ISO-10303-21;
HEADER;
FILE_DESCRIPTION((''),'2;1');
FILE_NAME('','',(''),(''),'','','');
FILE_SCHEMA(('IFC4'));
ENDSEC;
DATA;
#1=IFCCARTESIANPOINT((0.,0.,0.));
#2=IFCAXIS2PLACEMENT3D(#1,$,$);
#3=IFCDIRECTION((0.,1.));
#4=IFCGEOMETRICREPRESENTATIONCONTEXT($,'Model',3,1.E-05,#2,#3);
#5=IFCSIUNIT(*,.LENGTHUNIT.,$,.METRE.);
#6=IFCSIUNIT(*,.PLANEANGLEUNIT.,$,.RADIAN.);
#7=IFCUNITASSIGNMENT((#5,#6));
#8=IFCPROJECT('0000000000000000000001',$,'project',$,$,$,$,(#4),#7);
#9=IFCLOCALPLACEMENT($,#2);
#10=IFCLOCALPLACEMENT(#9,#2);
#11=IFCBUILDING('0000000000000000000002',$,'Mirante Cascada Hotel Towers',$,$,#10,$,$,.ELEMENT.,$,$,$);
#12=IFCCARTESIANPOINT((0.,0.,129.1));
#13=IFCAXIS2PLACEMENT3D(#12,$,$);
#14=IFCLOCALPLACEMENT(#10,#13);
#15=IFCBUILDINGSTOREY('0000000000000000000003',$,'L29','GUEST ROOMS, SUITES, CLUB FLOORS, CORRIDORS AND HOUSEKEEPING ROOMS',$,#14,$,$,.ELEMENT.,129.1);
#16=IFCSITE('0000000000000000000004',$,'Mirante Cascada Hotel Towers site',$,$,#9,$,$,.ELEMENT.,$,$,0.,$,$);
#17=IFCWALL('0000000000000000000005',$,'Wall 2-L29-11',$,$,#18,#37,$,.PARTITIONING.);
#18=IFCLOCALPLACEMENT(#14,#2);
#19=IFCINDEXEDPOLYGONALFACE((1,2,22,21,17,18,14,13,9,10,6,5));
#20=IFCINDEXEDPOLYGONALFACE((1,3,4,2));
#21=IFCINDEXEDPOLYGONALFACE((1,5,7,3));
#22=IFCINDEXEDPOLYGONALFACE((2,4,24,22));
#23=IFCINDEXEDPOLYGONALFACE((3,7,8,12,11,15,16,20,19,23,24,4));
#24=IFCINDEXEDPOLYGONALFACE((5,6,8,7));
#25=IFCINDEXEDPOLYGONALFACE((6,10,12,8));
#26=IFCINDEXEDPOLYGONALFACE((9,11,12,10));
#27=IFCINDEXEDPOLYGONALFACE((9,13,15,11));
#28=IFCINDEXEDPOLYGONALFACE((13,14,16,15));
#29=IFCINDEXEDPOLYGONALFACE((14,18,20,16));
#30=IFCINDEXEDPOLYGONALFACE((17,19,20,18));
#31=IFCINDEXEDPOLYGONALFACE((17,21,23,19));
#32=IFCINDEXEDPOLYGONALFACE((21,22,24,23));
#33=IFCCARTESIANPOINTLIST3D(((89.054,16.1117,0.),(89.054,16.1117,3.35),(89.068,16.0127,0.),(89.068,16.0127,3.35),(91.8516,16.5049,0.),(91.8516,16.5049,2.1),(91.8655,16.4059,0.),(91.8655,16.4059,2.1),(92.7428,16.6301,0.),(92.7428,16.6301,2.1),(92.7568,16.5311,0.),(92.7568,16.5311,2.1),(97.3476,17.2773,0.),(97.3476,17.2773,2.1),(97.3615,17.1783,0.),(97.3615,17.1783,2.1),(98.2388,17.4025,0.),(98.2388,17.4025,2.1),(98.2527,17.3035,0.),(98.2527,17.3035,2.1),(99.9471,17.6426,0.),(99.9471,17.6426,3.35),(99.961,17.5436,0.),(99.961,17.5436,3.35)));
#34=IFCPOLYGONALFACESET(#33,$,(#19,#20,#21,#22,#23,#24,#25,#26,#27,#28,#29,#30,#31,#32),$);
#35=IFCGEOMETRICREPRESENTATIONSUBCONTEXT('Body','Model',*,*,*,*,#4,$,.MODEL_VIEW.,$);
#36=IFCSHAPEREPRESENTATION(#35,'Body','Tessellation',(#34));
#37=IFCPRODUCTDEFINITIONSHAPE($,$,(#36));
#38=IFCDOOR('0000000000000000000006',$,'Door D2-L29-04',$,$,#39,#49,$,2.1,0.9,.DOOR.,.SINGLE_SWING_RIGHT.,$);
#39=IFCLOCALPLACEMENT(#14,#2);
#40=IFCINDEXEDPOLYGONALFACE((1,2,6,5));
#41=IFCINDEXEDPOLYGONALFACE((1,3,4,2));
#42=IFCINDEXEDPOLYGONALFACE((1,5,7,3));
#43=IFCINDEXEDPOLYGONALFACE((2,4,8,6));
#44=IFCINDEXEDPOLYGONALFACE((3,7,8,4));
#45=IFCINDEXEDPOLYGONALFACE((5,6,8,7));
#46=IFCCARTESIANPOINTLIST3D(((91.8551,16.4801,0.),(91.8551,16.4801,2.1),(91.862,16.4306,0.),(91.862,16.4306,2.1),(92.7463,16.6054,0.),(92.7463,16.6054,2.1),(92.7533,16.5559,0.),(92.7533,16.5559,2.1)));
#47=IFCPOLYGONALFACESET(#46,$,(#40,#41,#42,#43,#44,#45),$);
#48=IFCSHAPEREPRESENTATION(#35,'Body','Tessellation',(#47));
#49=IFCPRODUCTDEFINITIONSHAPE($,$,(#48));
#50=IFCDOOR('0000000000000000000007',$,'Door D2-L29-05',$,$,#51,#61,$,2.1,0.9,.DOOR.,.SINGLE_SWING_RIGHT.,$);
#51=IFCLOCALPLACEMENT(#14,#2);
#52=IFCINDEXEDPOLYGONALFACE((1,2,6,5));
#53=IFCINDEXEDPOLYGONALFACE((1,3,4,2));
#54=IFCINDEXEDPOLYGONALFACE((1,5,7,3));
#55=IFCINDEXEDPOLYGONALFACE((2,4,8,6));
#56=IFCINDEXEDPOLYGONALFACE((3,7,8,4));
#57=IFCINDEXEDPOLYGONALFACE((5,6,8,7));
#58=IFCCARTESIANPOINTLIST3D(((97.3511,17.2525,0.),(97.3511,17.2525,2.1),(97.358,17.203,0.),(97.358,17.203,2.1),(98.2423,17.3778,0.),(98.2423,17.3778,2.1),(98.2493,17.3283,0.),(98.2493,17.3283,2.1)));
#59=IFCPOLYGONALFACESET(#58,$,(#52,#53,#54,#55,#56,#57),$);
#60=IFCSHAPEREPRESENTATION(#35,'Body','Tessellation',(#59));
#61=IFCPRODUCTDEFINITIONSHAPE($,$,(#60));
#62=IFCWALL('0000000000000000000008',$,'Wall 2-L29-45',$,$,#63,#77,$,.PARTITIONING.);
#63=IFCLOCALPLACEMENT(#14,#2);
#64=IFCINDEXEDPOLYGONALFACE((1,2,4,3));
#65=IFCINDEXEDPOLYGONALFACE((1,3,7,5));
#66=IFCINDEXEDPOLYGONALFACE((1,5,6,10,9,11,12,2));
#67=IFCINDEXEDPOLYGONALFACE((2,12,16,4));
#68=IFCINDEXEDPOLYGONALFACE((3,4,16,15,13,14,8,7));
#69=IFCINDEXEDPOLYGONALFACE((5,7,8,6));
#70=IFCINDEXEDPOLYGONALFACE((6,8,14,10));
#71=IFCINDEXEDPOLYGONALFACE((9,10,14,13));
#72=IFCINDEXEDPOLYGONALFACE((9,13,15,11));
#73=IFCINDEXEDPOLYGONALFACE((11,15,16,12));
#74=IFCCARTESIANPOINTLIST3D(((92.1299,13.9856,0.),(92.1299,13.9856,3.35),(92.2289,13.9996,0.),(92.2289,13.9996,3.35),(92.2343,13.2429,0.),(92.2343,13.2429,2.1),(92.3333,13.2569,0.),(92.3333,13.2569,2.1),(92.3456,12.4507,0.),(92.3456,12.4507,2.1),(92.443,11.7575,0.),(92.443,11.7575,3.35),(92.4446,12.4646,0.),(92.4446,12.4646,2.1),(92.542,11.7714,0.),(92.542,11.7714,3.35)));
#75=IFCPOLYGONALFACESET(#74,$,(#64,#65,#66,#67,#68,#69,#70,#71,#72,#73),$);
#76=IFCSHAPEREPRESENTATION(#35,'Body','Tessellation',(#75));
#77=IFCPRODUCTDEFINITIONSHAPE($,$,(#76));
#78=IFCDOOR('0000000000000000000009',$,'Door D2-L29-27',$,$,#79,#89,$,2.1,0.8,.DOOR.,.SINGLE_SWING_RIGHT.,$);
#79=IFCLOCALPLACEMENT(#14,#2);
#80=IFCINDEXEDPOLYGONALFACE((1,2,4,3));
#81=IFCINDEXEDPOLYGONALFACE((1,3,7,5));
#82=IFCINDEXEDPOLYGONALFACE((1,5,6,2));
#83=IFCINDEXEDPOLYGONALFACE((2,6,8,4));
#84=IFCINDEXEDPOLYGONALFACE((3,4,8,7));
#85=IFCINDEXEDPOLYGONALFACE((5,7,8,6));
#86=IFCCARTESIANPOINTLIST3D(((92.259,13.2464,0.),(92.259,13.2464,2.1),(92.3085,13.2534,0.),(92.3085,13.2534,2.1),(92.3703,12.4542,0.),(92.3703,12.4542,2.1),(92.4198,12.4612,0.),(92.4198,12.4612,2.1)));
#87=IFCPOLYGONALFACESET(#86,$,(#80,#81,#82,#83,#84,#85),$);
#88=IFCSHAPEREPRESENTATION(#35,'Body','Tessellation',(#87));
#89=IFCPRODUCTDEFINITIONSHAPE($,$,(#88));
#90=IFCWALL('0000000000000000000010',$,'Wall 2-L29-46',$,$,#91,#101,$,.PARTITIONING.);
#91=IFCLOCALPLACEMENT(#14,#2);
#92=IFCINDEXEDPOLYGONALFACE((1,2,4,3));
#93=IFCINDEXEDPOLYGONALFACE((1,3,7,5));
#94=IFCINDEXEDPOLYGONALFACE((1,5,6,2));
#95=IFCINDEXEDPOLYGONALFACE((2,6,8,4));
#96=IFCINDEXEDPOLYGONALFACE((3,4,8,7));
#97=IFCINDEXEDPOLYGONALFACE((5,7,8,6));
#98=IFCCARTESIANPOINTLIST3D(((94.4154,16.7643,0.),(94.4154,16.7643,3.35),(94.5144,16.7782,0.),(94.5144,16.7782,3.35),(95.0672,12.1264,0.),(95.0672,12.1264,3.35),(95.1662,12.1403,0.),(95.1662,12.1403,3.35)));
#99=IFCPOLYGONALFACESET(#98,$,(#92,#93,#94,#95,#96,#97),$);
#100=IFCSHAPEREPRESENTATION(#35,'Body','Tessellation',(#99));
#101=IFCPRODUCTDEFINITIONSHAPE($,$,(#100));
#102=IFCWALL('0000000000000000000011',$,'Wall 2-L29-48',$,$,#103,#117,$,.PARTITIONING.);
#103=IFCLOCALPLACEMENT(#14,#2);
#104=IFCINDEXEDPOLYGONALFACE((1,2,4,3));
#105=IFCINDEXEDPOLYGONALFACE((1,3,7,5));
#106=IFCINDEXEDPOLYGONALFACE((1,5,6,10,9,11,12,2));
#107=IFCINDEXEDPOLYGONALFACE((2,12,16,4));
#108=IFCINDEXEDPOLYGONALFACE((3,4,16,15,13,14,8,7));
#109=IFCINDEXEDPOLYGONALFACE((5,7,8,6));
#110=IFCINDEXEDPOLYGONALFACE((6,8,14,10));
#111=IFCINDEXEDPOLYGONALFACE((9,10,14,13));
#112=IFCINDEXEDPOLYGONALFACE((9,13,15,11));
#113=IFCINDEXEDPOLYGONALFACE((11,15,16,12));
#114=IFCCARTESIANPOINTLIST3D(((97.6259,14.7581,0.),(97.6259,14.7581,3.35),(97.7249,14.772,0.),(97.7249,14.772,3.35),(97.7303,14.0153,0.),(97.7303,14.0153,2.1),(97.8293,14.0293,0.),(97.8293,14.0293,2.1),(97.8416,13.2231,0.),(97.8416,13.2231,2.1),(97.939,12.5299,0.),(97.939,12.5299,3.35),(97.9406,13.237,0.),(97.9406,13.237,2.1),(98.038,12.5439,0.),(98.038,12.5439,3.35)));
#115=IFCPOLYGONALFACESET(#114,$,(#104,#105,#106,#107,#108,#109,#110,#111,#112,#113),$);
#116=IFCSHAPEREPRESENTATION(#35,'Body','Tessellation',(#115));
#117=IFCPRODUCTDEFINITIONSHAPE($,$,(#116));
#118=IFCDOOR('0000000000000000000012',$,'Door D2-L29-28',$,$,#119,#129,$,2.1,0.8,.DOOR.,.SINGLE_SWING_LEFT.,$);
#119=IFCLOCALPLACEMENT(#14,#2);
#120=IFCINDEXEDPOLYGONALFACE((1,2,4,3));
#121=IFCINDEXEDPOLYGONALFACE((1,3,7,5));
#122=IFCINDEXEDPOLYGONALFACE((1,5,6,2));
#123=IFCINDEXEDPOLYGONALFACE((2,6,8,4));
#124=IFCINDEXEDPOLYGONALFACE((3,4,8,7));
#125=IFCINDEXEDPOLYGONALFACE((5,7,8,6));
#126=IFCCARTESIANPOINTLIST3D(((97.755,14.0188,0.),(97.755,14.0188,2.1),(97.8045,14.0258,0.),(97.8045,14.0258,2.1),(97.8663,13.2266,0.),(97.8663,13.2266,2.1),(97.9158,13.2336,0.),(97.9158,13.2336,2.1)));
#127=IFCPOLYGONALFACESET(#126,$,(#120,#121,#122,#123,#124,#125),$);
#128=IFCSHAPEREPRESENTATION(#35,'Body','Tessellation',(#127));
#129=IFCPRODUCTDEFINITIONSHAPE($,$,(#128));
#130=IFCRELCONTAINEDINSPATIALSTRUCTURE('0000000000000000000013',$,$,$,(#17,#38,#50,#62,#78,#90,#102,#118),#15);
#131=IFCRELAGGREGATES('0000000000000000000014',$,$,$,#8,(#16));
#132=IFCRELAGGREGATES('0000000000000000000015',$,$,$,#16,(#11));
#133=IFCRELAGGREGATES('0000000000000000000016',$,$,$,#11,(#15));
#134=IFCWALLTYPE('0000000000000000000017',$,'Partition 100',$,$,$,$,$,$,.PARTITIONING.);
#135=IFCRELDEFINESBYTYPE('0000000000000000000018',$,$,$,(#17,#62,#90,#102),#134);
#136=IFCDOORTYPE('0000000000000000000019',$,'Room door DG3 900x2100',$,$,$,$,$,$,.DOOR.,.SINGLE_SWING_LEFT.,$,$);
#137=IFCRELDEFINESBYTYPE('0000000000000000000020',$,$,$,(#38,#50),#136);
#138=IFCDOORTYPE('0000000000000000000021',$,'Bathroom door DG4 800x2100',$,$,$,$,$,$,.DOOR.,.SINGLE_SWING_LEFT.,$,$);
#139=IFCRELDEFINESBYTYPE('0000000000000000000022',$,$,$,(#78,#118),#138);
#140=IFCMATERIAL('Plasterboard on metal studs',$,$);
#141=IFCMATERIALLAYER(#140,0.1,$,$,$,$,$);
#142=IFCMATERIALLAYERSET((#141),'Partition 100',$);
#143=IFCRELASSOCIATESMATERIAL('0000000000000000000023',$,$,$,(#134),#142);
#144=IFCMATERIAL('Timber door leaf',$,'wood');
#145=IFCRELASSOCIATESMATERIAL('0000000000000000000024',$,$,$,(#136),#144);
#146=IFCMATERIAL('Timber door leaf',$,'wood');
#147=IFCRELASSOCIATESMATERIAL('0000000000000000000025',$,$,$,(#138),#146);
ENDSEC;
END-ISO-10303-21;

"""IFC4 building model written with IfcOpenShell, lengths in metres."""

from ifc_helpers import new_model, si_unit, direction, frame, frame_2d, origin, place, context, subcontext, project, spatial, rectangle, extrude, material, layer, layer_set, type_object, element, fill, save


model = new_model("IFC4")

# Units and contexts
model_context = context("Model", 3, precision=1e-05, world=origin(), true_north=direction((0.0, 1.0)))
body_context = subcontext(model_context, "Body", "Model", "MODEL_VIEW")
ifc_project = project(units=[si_unit("LENGTHUNIT", "METRE"), si_unit("PLANEANGLEUNIT", "RADIAN")], contexts=[model_context])

# Site, building, storey
site_placement = place(None, origin())
site = spatial("IfcSite", under=ifc_project, at=site_placement, Name="Mirante Cascada Hotel Towers site", CompositionType="ELEMENT", RefElevation=0.0)
building_placement = place(site_placement, origin())
building = spatial("IfcBuilding", under=site, at=building_placement, Name="Mirante Cascada Hotel Towers", CompositionType="ELEMENT")
storey_placement = place(building_placement, frame((0.0, 0.0, 129.1)))
storey = spatial("IfcBuildingStorey", under=building, at=storey_placement, Name="L29", Description="GUEST ROOMS, SUITES, CLUB FLOORS, CORRIDORS AND HOUSEKEEPING ROOMS", CompositionType="ELEMENT", Elevation=129.1)

# Shared definitions
ifc_material_1 = material(Name="Plasterboard on metal studs")
ifc_layer_1 = layer(ifc_material_1, 0.1)
ifc_layer_set_1 = layer_set([ifc_layer_1], Name="Partition 100")
wall_type_1 = type_object("IfcWallType", Name="Partition 100", PredefinedType="PARTITIONING", material=ifc_layer_set_1)

# Wall, openings, doors
wall_1_placement = place(storey_placement, frame((99.954, 17.5931, 0.0), z_axis=(0.0, 0.0, 1.0), x_axis=(-0.990268, -0.139172, 0.0)))
wall_1 = element("IfcWall", 1, at=wall_1_placement, inside=storey, type_object=wall_type_1, Name="Wall 2-L29-11", PredefinedType="PARTITIONING", context=body_context, shape_type="SweptSolid", body=[
    extrude(rectangle(XDim=11.0001, YDim=0.1, at=frame_2d((5.5, 0.0))), origin(), (0.0, 0.0, 1.0), 3.35),
])
opening_1_placement = place(wall_1_placement, frame((7.275, 0.0, 0.0)))
opening_1 = element("IfcOpeningElement", 2, at=opening_1_placement, cuts=wall_1, PredefinedType="OPENING", context=body_context, shape_type="SweptSolid", body=[
    extrude(rectangle(XDim=0.9, YDim=2.1, at=frame_2d((0.45, 1.05))), frame((0.0, 0.05, 0.0), z_axis=(0.0, -1.0, 0.0), x_axis=(1.0, 0.0, 0.0)), (0.0, 0.0, 1.0), 0.1),
])
opening_2_placement = place(wall_1_placement, frame((1.725, 0.0, 0.0)))
opening_2 = element("IfcOpeningElement", 3, at=opening_2_placement, cuts=wall_1, PredefinedType="OPENING", context=body_context, shape_type="SweptSolid", body=[
    extrude(rectangle(XDim=0.9, YDim=2.1, at=frame_2d((0.45, 1.05))), frame((0.0, 0.05, 0.0), z_axis=(0.0, -1.0, 0.0), x_axis=(1.0, 0.0, 0.0)), (0.0, 0.0, 1.0), 0.1),
])
ifc_material_2 = material(Name="Timber door leaf", Category="wood")
door_type_1 = type_object("IfcDoorType", Name="Room door DG3 900x2100", OperationType="SINGLE_SWING_LEFT", PredefinedType="DOOR", material=ifc_material_2)
door_1_placement = place(opening_1_placement, frame((0.9, 0.0, 0.0), z_axis=(0.0, 0.0, 1.0), x_axis=(-1.0, 0.0, 0.0)))
door_1 = element("IfcDoor", 4, at=door_1_placement, inside=storey, type_object=door_type_1, Name="Door D2-L29-04", OperationType="SINGLE_SWING_RIGHT", OverallHeight=2.1, OverallWidth=0.9, PredefinedType="DOOR", context=body_context, shape_type="SweptSolid", body=[
    extrude(rectangle(XDim=0.9, YDim=2.1, at=frame_2d((0.45, 1.05))), frame((0.0, 0.025, 0.0), z_axis=(0.0, -1.0, 0.0), x_axis=(1.0, 0.0, 0.0)), (0.0, 0.0, 1.0), 0.05),
])
fill(opening_1, door_1)
door_2_placement = place(opening_2_placement, frame((0.9, 0.0, 0.0), z_axis=(0.0, 0.0, 1.0), x_axis=(-1.0, 0.0, 0.0)))
door_2 = element("IfcDoor", 5, at=door_2_placement, inside=storey, type_object=door_type_1, Name="Door D2-L29-05", OperationType="SINGLE_SWING_RIGHT", OverallHeight=2.1, OverallWidth=0.9, PredefinedType="DOOR", context=body_context, shape_type="SweptSolid", body=[
    extrude(rectangle(XDim=0.9, YDim=2.1, at=frame_2d((0.45, 1.05))), frame((0.0, 0.025, 0.0), z_axis=(0.0, -1.0, 0.0), x_axis=(1.0, 0.0, 0.0)), (0.0, 0.0, 1.0), 0.05),
])
fill(opening_2, door_2)

# Wall, opening, door
wall_2_placement = place(storey_placement, frame((92.1794, 13.9926, 0.0), z_axis=(0.0, 0.0, 1.0), x_axis=(0.139156, -0.990271, 0.0)))
wall_2 = element("IfcWall", 6, at=wall_2_placement, inside=storey, type_object=wall_type_1, Name="Wall 2-L29-45", PredefinedType="PARTITIONING", context=body_context, shape_type="SweptSolid", body=[
    extrude(rectangle(XDim=2.25, YDim=0.1, at=frame_2d((1.125, 0.0))), origin(), (0.0, 0.0, 1.0), 3.35),
])
opening_3_placement = place(wall_2_placement, frame((0.75, 0.0, 0.0)))
opening_3 = element("IfcOpeningElement", 7, at=opening_3_placement, cuts=wall_2, PredefinedType="OPENING", context=body_context, shape_type="SweptSolid", body=[
    extrude(rectangle(XDim=0.8, YDim=2.1, at=frame_2d((0.4, 1.05))), frame((0.0, 0.05, 0.0), z_axis=(0.0, -1.0, 0.0), x_axis=(1.0, 0.0, 0.0)), (0.0, 0.0, 1.0), 0.1),
])
ifc_material_3 = material(Name="Timber door leaf", Category="wood")
door_type_2 = type_object("IfcDoorType", Name="Bathroom door DG4 800x2100", OperationType="SINGLE_SWING_LEFT", PredefinedType="DOOR", material=ifc_material_3)
door_3_placement = place(opening_3_placement, frame((0.8, 0.0, 0.0), z_axis=(0.0, 0.0, 1.0), x_axis=(-1.0, 0.0, 0.0)))
door_3 = element("IfcDoor", 8, at=door_3_placement, inside=storey, type_object=door_type_2, Name="Door D2-L29-27", OperationType="SINGLE_SWING_RIGHT", OverallHeight=2.1, OverallWidth=0.8, PredefinedType="DOOR", context=body_context, shape_type="SweptSolid", body=[
    extrude(rectangle(XDim=0.8, YDim=2.1, at=frame_2d((0.4, 1.05))), frame((0.0, 0.025, 0.0), z_axis=(0.0, -1.0, 0.0), x_axis=(1.0, 0.0, 0.0)), (0.0, 0.0, 1.0), 0.05),
])
fill(opening_3, door_3)

# Wall
wall_3_placement = place(storey_placement, frame((95.1167, 12.1333, 0.0), z_axis=(0.0, 0.0, 1.0), x_axis=(-0.13917, 0.990268, 0.0)))
element("IfcWall", 9, at=wall_3_placement, inside=storey, type_object=wall_type_1, Name="Wall 2-L29-46", PredefinedType="PARTITIONING", context=body_context, shape_type="SweptSolid", body=[
    extrude(rectangle(XDim=4.6835, YDim=0.1, at=frame_2d((2.3418, 0.0))), origin(), (0.0, 0.0, 1.0), 3.35),
])

# Wall, opening, door
wall_4_placement = place(storey_placement, frame((97.9885, 12.5369, 0.0), z_axis=(0.0, 0.0, 1.0), x_axis=(-0.139156, 0.990271, 0.0)))
wall_4 = element("IfcWall", 10, at=wall_4_placement, inside=storey, type_object=wall_type_1, Name="Wall 2-L29-48", PredefinedType="PARTITIONING", context=body_context, shape_type="SweptSolid", body=[
    extrude(rectangle(XDim=2.25, YDim=0.1, at=frame_2d((1.125, 0.0))), origin(), (0.0, 0.0, 1.0), 3.35),
])
opening_4_placement = place(wall_4_placement, frame((0.7, 0.0, 0.0)))
opening_4 = element("IfcOpeningElement", 11, at=opening_4_placement, cuts=wall_4, PredefinedType="OPENING", context=body_context, shape_type="SweptSolid", body=[
    extrude(rectangle(XDim=0.8, YDim=2.1, at=frame_2d((0.4, 1.05))), frame((0.0, 0.05, 0.0), z_axis=(0.0, -1.0, 0.0), x_axis=(1.0, 0.0, 0.0)), (0.0, 0.0, 1.0), 0.1),
])
door_4_placement = place(opening_4_placement, origin())
door_4 = element("IfcDoor", 12, at=door_4_placement, inside=storey, type_object=door_type_2, Name="Door D2-L29-28", OperationType="SINGLE_SWING_LEFT", OverallHeight=2.1, OverallWidth=0.8, PredefinedType="DOOR", context=body_context, shape_type="SweptSolid", body=[
    extrude(rectangle(XDim=0.8, YDim=2.1, at=frame_2d((0.4, 1.05))), frame((0.0, 0.025, 0.0), z_axis=(0.0, -1.0, 0.0), x_axis=(1.0, 0.0, 0.0)), (0.0, 0.0, 1.0), 0.05),
])
fill(opening_4, door_4)

save(model, "model.ifc")
